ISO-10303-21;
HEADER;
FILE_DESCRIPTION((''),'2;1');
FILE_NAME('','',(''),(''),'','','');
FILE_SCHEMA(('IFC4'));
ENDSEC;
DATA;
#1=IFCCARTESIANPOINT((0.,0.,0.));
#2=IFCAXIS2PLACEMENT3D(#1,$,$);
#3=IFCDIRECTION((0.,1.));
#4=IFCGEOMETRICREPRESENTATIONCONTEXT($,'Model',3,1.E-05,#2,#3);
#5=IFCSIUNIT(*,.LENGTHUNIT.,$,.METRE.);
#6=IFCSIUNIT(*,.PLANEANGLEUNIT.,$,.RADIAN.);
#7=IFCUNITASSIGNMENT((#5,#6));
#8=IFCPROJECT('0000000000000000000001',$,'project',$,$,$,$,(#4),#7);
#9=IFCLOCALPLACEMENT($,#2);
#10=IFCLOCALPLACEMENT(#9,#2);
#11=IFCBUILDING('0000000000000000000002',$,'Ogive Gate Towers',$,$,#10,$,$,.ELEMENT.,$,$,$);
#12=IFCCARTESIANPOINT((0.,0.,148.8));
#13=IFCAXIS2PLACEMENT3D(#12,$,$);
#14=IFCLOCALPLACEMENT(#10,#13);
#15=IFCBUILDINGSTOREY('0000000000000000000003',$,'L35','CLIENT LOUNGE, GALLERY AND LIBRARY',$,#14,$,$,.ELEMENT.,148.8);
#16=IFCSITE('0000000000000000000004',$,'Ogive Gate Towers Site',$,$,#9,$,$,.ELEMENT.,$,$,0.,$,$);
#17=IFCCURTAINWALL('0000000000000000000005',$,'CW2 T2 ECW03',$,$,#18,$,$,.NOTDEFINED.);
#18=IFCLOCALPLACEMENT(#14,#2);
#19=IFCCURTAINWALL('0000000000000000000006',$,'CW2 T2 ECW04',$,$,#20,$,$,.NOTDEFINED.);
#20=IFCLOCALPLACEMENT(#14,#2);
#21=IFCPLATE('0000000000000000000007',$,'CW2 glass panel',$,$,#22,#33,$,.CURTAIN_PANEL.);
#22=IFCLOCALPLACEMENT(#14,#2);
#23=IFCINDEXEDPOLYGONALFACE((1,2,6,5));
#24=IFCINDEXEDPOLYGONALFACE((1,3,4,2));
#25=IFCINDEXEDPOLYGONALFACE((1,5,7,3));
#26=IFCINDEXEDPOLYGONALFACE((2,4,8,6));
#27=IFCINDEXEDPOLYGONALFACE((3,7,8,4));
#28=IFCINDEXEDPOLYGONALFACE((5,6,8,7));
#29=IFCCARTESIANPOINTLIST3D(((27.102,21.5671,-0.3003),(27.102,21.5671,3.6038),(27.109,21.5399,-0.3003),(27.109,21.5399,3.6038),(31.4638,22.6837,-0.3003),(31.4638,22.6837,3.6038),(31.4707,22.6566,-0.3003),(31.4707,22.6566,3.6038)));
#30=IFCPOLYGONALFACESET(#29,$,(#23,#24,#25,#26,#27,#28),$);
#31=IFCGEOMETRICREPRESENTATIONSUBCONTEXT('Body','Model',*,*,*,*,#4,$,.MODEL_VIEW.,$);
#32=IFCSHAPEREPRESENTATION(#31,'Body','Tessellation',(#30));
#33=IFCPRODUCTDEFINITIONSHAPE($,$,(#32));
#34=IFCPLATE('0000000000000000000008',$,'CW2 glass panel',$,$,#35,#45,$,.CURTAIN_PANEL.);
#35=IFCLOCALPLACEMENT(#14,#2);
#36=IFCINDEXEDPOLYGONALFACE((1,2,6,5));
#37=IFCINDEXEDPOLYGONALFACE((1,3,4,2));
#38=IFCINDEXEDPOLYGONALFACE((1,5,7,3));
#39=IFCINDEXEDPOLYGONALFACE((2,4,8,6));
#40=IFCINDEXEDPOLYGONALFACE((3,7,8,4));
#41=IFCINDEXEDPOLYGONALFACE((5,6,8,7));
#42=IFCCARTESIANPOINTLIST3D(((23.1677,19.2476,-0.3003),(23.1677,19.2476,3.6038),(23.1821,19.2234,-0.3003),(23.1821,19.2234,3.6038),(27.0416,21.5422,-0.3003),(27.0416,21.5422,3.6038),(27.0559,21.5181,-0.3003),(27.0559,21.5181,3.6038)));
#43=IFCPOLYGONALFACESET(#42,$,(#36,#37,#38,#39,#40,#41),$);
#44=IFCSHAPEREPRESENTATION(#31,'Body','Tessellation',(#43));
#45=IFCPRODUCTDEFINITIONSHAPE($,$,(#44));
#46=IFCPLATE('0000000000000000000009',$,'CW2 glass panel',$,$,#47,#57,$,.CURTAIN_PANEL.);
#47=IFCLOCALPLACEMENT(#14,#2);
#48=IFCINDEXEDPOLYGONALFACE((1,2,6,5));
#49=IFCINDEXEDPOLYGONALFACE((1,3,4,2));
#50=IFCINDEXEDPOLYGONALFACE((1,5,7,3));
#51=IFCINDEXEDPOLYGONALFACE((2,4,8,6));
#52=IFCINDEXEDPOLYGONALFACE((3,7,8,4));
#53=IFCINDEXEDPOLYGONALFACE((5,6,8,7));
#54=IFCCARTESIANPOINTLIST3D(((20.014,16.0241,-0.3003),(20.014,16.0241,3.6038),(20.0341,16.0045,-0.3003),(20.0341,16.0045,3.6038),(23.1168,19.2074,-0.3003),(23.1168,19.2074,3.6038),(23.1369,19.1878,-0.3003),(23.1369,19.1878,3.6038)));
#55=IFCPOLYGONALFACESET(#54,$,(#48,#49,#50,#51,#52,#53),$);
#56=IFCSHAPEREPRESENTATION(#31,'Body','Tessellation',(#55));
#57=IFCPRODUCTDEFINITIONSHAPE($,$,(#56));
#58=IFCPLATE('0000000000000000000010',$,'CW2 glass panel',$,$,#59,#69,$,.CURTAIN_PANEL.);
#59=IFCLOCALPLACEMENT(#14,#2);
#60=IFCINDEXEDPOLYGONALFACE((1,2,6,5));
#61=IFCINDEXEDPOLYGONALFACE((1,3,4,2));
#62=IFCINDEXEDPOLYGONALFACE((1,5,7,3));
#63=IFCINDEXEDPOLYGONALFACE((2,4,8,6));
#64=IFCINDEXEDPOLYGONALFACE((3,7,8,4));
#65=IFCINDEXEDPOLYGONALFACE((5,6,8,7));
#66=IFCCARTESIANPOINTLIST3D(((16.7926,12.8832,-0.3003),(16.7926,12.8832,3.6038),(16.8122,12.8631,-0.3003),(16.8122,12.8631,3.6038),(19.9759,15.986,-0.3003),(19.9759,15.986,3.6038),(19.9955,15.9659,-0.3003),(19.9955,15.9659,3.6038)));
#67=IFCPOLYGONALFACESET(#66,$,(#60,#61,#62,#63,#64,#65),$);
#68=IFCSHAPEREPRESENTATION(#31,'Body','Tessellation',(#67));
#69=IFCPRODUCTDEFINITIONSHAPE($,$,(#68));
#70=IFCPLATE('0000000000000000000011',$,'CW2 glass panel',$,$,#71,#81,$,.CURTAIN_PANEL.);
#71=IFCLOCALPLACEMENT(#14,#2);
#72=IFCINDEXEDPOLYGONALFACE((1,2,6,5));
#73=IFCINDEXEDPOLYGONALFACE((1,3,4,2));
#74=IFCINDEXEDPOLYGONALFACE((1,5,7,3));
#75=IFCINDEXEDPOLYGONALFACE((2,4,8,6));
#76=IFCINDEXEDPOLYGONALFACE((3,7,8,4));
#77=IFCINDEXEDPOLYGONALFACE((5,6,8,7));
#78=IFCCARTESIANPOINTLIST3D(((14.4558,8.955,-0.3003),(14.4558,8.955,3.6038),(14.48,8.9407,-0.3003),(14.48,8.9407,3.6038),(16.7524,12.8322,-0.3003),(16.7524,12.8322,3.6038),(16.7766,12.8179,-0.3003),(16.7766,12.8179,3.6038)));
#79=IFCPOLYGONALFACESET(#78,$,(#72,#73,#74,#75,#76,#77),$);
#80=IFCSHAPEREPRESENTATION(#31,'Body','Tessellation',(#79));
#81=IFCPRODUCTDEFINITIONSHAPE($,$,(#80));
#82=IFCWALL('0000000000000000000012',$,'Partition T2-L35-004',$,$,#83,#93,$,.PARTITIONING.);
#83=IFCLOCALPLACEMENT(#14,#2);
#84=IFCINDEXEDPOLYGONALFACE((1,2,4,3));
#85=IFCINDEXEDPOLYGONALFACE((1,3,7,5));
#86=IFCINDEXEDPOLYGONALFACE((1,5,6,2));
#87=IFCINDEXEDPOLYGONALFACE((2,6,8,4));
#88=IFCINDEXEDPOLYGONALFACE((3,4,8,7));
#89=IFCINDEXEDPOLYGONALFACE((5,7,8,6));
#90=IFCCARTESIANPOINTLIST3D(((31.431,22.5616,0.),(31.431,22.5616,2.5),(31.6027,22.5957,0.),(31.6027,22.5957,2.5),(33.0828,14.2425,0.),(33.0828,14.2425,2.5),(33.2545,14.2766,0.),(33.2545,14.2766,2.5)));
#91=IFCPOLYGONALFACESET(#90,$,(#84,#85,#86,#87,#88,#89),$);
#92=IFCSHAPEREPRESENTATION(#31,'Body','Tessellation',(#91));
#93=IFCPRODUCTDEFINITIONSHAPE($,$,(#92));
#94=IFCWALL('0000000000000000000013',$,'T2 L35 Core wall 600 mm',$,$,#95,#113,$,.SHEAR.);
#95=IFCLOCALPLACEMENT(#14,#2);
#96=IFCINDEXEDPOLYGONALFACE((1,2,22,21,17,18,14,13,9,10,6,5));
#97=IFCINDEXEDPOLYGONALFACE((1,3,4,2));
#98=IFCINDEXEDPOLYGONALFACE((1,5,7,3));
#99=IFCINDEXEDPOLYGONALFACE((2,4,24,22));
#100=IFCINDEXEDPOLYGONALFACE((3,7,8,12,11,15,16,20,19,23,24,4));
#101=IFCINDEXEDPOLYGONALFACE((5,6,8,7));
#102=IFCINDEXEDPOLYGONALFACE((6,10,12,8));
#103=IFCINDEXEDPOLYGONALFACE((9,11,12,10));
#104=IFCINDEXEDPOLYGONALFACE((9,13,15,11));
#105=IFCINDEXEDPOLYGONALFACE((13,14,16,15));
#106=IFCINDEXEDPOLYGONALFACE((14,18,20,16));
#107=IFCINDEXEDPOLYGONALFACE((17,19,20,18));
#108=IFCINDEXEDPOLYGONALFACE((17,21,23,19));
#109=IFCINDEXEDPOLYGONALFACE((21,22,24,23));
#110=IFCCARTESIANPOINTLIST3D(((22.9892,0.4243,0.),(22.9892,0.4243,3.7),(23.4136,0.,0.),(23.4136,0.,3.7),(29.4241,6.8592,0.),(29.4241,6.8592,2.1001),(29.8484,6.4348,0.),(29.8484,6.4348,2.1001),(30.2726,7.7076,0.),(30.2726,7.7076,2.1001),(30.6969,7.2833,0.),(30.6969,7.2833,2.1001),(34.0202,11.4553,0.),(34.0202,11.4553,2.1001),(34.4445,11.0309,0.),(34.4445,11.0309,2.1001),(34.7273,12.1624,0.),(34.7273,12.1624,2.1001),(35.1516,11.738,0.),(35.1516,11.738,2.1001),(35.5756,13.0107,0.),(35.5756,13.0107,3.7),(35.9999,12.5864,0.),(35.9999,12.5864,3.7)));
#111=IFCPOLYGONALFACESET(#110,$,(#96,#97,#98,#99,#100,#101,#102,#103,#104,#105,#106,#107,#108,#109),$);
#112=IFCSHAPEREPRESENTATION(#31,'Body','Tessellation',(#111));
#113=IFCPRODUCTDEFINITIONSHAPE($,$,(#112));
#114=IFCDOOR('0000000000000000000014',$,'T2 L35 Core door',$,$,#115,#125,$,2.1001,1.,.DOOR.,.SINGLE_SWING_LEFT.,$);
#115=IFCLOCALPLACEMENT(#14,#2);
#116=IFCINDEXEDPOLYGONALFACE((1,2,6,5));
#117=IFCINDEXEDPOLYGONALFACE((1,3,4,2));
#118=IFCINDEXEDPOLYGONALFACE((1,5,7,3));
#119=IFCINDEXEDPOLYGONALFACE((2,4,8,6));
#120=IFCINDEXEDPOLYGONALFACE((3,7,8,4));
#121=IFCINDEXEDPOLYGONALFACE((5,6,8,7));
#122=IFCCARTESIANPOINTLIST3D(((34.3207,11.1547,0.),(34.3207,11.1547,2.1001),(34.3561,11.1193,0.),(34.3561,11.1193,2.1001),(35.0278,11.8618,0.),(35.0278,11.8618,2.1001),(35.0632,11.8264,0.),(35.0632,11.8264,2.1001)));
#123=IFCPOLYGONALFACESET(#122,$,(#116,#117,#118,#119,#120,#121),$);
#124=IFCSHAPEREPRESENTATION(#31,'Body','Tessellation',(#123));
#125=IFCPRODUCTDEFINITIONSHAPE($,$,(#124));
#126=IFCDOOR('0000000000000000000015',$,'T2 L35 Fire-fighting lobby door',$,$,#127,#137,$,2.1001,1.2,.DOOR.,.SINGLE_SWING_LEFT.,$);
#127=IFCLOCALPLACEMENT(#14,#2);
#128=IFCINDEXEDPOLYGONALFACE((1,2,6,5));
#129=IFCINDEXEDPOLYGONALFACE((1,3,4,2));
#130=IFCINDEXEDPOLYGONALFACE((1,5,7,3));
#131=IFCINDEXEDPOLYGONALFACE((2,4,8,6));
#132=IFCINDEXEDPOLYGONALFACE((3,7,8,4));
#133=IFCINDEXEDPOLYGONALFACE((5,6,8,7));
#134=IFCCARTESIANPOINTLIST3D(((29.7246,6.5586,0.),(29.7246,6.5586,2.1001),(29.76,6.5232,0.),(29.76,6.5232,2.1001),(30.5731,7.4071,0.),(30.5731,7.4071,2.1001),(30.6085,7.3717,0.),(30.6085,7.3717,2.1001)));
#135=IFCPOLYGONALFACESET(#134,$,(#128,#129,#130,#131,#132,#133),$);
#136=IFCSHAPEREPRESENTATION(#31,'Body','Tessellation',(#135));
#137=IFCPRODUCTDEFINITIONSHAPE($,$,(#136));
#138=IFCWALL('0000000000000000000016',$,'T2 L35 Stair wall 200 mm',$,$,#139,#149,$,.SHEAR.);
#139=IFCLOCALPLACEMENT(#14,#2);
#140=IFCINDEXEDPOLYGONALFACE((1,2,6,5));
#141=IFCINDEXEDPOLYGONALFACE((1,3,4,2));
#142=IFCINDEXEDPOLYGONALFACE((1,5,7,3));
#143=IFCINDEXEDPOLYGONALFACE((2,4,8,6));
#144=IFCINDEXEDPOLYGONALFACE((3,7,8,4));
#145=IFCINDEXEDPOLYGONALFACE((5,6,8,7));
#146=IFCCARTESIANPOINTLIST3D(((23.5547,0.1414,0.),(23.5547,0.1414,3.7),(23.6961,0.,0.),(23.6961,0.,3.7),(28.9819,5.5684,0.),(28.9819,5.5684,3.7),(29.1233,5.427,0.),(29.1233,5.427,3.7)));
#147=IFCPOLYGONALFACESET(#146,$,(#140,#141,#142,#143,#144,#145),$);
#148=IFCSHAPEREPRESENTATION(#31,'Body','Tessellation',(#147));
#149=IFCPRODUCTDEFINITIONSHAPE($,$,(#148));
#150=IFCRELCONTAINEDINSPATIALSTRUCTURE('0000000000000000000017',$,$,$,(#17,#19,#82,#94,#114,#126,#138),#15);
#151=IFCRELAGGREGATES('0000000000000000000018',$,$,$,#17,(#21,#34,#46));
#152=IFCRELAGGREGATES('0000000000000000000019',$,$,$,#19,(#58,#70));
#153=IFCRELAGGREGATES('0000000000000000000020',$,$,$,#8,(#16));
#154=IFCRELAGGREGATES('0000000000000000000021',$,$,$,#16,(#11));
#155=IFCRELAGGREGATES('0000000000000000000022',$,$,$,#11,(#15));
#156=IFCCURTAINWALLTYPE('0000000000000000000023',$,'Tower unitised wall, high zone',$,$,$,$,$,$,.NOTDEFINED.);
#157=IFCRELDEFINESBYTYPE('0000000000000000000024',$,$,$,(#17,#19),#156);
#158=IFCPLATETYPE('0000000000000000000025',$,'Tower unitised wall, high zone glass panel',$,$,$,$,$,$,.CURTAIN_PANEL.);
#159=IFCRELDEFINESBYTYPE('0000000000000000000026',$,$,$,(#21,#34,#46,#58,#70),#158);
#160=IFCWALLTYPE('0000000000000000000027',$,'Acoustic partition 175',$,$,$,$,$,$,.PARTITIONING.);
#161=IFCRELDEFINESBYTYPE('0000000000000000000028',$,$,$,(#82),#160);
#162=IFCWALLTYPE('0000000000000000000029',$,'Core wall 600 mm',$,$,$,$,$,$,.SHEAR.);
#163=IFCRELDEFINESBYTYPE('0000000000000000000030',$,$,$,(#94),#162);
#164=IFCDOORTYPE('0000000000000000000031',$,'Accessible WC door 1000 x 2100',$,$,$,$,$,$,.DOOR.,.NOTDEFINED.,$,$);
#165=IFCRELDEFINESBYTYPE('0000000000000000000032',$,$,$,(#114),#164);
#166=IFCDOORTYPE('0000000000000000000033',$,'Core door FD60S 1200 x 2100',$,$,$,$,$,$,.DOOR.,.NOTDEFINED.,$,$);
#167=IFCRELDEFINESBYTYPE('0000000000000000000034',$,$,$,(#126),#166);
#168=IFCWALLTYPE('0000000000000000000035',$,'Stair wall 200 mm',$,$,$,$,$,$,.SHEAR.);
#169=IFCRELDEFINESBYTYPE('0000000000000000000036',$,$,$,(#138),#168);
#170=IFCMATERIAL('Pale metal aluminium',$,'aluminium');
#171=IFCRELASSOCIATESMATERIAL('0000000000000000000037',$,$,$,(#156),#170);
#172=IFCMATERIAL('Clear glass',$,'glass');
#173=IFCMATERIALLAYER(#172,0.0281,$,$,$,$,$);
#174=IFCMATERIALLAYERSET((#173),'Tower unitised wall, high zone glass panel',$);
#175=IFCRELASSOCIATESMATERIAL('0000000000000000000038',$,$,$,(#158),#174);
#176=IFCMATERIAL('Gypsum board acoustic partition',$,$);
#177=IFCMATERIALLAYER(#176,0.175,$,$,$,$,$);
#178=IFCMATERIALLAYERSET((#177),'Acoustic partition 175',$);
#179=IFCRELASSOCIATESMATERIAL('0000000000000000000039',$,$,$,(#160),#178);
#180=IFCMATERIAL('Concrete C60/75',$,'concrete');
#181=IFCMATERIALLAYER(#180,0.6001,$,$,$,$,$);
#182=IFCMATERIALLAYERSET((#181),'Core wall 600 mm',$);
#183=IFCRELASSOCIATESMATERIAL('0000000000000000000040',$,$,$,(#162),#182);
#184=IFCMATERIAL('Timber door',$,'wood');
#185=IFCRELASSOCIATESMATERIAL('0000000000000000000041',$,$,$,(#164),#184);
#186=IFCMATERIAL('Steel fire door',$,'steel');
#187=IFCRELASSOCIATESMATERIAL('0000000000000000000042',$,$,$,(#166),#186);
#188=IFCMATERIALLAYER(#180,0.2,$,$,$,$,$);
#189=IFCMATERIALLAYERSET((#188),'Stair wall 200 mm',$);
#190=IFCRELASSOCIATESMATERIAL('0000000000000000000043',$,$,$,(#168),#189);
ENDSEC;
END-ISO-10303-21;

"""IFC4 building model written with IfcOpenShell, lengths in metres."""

from ifc_helpers import new_model, si_unit, direction, frame, frame_2d, origin, origin_2d, place, context, subcontext, project, spatial, rectangle, extrude, material, layer, layer_set, type_object, element, fill, aggregate, save


model = new_model("IFC4")

# Units and contexts
model_context = context("Model", 3, precision=1e-05, world=origin(), true_north=direction((0.0, 1.0)))
body_context = subcontext(model_context, "Body", "Model", "MODEL_VIEW")
ifc_project = project(units=[si_unit("LENGTHUNIT", "METRE"), si_unit("PLANEANGLEUNIT", "RADIAN")], contexts=[model_context])

# Site, building, storey
site_placement = place(None, origin())
site = spatial("IfcSite", under=ifc_project, at=site_placement, Name="Ogive Gate Towers Site", CompositionType="ELEMENT", RefElevation=0.0)
building_placement = place(site_placement, origin())
building = spatial("IfcBuilding", under=site, at=building_placement, Name="Ogive Gate Towers", CompositionType="ELEMENT")
storey_placement = place(building_placement, frame((0.0, 0.0, 148.8)))
storey = spatial("IfcBuildingStorey", under=building, at=storey_placement, Name="L35", Description="CLIENT LOUNGE, GALLERY AND LIBRARY", CompositionType="ELEMENT", Elevation=148.8)

# Curtain wall
ifc_material_1 = material(Name="Pale metal aluminium", Category="aluminium")
curtain_wall_type = type_object("IfcCurtainWallType", Name="Tower unitised wall, high zone", PredefinedType="NOTDEFINED", material=ifc_material_1)
curtain_wall_1_placement = place(storey_placement, origin())
curtain_wall_1 = element("IfcCurtainWall", 1, at=curtain_wall_1_placement, inside=storey, type_object=curtain_wall_type, Name="CW2 T2 ECW03", PredefinedType="NOTDEFINED")

# Curtain wall
curtain_wall_2_placement = place(storey_placement, origin())
curtain_wall_2 = element("IfcCurtainWall", 2, at=curtain_wall_2_placement, inside=storey, type_object=curtain_wall_type, Name="CW2 T2 ECW04", PredefinedType="NOTDEFINED")

# Plates
ifc_material_2 = material(Name="Clear glass", Category="glass")
ifc_layer_1 = layer(ifc_material_2, 0.0281)
ifc_layer_set_1 = layer_set([ifc_layer_1], Name="Tower unitised wall, high zone glass panel")
plate_type = type_object("IfcPlateType", Name="Tower unitised wall, high zone glass panel", PredefinedType="CURTAIN_PANEL", material=ifc_layer_set_1)
plate_1_placement = place(storey_placement, frame((29.2864, 22.1118, -0.3003), z_axis=(0.0, 0.0, 1.0), x_axis=(-0.968757, -0.248014, 0.0)))
plate_1 = element("IfcPlate", 3, at=plate_1_placement, type_object=plate_type, Name="CW2 glass panel", PredefinedType="CURTAIN_PANEL", context=body_context, shape_type="SweptSolid", body=[
    extrude(rectangle(XDim=4.5024, YDim=0.0281, at=origin_2d()), origin(), (0.0, 0.0, 1.0), 3.9041),
])
plate_2_placement = place(storey_placement, frame((25.1118, 20.3828, -0.3003), z_axis=(0.0, 0.0, 1.0), x_axis=(-0.860386, -0.509642, 0.0)))
plate_2 = element("IfcPlate", 4, at=plate_2_placement, type_object=plate_type, Name="CW2 glass panel", PredefinedType="CURTAIN_PANEL", context=body_context, shape_type="SweptSolid", body=[
    extrude(rectangle(XDim=4.5024, YDim=0.0281, at=origin_2d()), origin(), (0.0, 0.0, 1.0), 3.9041),
])
plate_3_placement = place(storey_placement, frame((21.5754, 17.606, -0.3003), z_axis=(0.0, 0.0, 1.0), x_axis=(-0.697978, -0.716119, 0.0)))
plate_3 = element("IfcPlate", 5, at=plate_3_placement, type_object=plate_type, Name="CW2 glass panel", PredefinedType="CURTAIN_PANEL", context=body_context, shape_type="SweptSolid", body=[
    extrude(rectangle(XDim=4.4453, YDim=0.0281, at=origin_2d()), origin(), (0.0, 0.0, 1.0), 3.9041),
])
aggregate(curtain_wall_1, [plate_1, plate_2, plate_3])
plate_4_placement = place(storey_placement, frame((18.394, 14.4246, -0.3003), z_axis=(0.0, 0.0, 1.0), x_axis=(-0.716119, -0.697978, 0.0)))
plate_4 = element("IfcPlate", 6, at=plate_4_placement, type_object=plate_type, Name="CW2 glass panel", PredefinedType="CURTAIN_PANEL", context=body_context, shape_type="SweptSolid", body=[
    extrude(rectangle(XDim=4.4453, YDim=0.0281, at=origin_2d()), origin(), (0.0, 0.0, 1.0), 3.9041),
])
plate_5_placement = place(storey_placement, frame((15.6162, 10.8865, -0.3003), z_axis=(0.0, 0.0, 1.0), x_axis=(-0.509642, -0.860386, 0.0)))
plate_5 = element("IfcPlate", 7, at=plate_5_placement, type_object=plate_type, Name="CW2 glass panel", PredefinedType="CURTAIN_PANEL", context=body_context, shape_type="SweptSolid", body=[
    extrude(rectangle(XDim=4.5063, YDim=0.0281, at=origin_2d()), origin(), (0.0, 0.0, 1.0), 3.9041),
])
aggregate(curtain_wall_2, [plate_4, plate_5])

# Wall
ifc_material_3 = material(Name="Gypsum board acoustic partition")
ifc_layer_2 = layer(ifc_material_3, 0.175)
ifc_layer_set_2 = layer_set([ifc_layer_2], Name="Acoustic partition 175")
wall_type_1 = type_object("IfcWallType", Name="Acoustic partition 175", PredefinedType="PARTITIONING", material=ifc_layer_set_2)
wall_1_placement = place(storey_placement, frame((31.5168, 22.5786, 0.0), z_axis=(0.0, 0.0, 1.0), x_axis=(0.19476, -0.980851, 0.0)))
element("IfcWall", 8, at=wall_1_placement, inside=storey, type_object=wall_type_1, Name="Partition T2-L35-004", PredefinedType="PARTITIONING", context=body_context, shape_type="SweptSolid", body=[
    extrude(rectangle(XDim=8.4814, YDim=0.175, at=frame_2d((4.2407, 0.0))), origin(), (0.0, 0.0, 1.0), 2.5),
])

# Wall, openings, doors
ifc_material_4 = material(Name="Concrete C60/75", Category="concrete")
ifc_layer_3 = layer(ifc_material_4, 0.6001)
ifc_layer_set_3 = layer_set([ifc_layer_3], Name="Core wall 600 mm")
wall_type_2 = type_object("IfcWallType", Name="Core wall 600 mm", PredefinedType="SHEAR", material=ifc_layer_set_3)
wall_2_placement = place(storey_placement, frame((23.2014, 0.2122, 0.0), z_axis=(0.0, 0.0, 1.0), x_axis=(0.707107, 0.707107, 0.0)))
wall_2 = element("IfcWall", 9, at=wall_2_placement, inside=storey, type_object=wall_type_2, Name="T2 L35 Core wall 600 mm", PredefinedType="SHEAR", context=body_context, shape_type="SweptSolid", body=[
    extrude(rectangle(XDim=17.7998, YDim=0.6001, at=frame_2d((8.8999, 0.0))), origin(), (0.0, 0.0, 1.0), 3.7),
])
opening_1_placement = place(wall_2_placement, frame((9.1001, 0.0, 0.0)))
opening_1 = element("IfcOpeningElement", 10, at=opening_1_placement, cuts=wall_2, PredefinedType="OPENING", context=body_context, shape_type="SweptSolid", body=[
    extrude(rectangle(XDim=1.2, YDim=2.1001, at=frame_2d((0.6001, 1.05))), frame((0.0, 0.3101, 0.0), z_axis=(0.0, -1.0, 0.0), x_axis=(1.0, 0.0, 0.0)), (0.0, 0.0, 1.0), 0.6201),
])
opening_2_placement = place(wall_2_placement, frame((15.6001, 0.0, 0.0)))
opening_2 = element("IfcOpeningElement", 11, at=opening_2_placement, cuts=wall_2, PredefinedType="OPENING", context=body_context, shape_type="SweptSolid", body=[
    extrude(rectangle(XDim=1.0, YDim=2.1001, at=frame_2d((0.5, 1.05))), frame((0.0, 0.3101, 0.0), z_axis=(0.0, -1.0, 0.0), x_axis=(1.0, 0.0, 0.0)), (0.0, 0.0, 1.0), 0.6201),
])
ifc_material_5 = material(Name="Timber door", Category="wood")
door_type_1 = type_object("IfcDoorType", Name="Accessible WC door 1000 x 2100", OperationType="NOTDEFINED", PredefinedType="DOOR", material=ifc_material_5)
door_1_placement = place(opening_2_placement, origin())
door_1 = element("IfcDoor", 12, at=door_1_placement, inside=storey, type_object=door_type_1, Name="T2 L35 Core door", OperationType="SINGLE_SWING_LEFT", OverallHeight=2.1001, OverallWidth=1.0, PredefinedType="DOOR", context=body_context, shape_type="SweptSolid", body=[
    extrude(rectangle(XDim=1.0, YDim=2.1001, at=frame_2d((0.5, 1.05))), frame((0.0, -0.125, 0.0), z_axis=(0.0, -1.0, 0.0), x_axis=(1.0, 0.0, 0.0)), (0.0, 0.0, 1.0), 0.05),
])
fill(opening_2, door_1)
ifc_material_6 = material(Name="Steel fire door", Category="steel")
door_type_2 = type_object("IfcDoorType", Name="Core door FD60S 1200 x 2100", OperationType="NOTDEFINED", PredefinedType="DOOR", material=ifc_material_6)
door_2_placement = place(opening_1_placement, origin())
door_2 = element("IfcDoor", 13, at=door_2_placement, inside=storey, type_object=door_type_2, Name="T2 L35 Fire-fighting lobby door", OperationType="SINGLE_SWING_LEFT", OverallHeight=2.1001, OverallWidth=1.2, PredefinedType="DOOR", context=body_context, shape_type="SweptSolid", body=[
    extrude(rectangle(XDim=1.2, YDim=2.1001, at=frame_2d((0.6001, 1.05))), frame((0.0, -0.125, 0.0), z_axis=(0.0, -1.0, 0.0), x_axis=(1.0, 0.0, 0.0)), (0.0, 0.0, 1.0), 0.05),
])
fill(opening_1, door_2)

# Wall
ifc_layer_4 = layer(ifc_material_4, 0.2)
ifc_layer_set_4 = layer_set([ifc_layer_4], Name="Stair wall 200 mm")
wall_type_3 = type_object("IfcWallType", Name="Stair wall 200 mm", PredefinedType="SHEAR", material=ifc_layer_set_4)
wall_3_placement = place(storey_placement, frame((23.6255, 0.0708, 0.0), z_axis=(0.0, 0.0, 1.0), x_axis=(0.707123, 0.707091, 0.0)))
element("IfcWall", 14, at=wall_3_placement, inside=storey, type_object=wall_type_3, Name="T2 L35 Stair wall 200 mm", PredefinedType="SHEAR", context=body_context, shape_type="SweptSolid", body=[
    extrude(rectangle(XDim=7.675, YDim=0.2, at=frame_2d((3.8374, 0.0))), origin(), (0.0, 0.0, 1.0), 3.7),
])

save(model, "model.ifc")
